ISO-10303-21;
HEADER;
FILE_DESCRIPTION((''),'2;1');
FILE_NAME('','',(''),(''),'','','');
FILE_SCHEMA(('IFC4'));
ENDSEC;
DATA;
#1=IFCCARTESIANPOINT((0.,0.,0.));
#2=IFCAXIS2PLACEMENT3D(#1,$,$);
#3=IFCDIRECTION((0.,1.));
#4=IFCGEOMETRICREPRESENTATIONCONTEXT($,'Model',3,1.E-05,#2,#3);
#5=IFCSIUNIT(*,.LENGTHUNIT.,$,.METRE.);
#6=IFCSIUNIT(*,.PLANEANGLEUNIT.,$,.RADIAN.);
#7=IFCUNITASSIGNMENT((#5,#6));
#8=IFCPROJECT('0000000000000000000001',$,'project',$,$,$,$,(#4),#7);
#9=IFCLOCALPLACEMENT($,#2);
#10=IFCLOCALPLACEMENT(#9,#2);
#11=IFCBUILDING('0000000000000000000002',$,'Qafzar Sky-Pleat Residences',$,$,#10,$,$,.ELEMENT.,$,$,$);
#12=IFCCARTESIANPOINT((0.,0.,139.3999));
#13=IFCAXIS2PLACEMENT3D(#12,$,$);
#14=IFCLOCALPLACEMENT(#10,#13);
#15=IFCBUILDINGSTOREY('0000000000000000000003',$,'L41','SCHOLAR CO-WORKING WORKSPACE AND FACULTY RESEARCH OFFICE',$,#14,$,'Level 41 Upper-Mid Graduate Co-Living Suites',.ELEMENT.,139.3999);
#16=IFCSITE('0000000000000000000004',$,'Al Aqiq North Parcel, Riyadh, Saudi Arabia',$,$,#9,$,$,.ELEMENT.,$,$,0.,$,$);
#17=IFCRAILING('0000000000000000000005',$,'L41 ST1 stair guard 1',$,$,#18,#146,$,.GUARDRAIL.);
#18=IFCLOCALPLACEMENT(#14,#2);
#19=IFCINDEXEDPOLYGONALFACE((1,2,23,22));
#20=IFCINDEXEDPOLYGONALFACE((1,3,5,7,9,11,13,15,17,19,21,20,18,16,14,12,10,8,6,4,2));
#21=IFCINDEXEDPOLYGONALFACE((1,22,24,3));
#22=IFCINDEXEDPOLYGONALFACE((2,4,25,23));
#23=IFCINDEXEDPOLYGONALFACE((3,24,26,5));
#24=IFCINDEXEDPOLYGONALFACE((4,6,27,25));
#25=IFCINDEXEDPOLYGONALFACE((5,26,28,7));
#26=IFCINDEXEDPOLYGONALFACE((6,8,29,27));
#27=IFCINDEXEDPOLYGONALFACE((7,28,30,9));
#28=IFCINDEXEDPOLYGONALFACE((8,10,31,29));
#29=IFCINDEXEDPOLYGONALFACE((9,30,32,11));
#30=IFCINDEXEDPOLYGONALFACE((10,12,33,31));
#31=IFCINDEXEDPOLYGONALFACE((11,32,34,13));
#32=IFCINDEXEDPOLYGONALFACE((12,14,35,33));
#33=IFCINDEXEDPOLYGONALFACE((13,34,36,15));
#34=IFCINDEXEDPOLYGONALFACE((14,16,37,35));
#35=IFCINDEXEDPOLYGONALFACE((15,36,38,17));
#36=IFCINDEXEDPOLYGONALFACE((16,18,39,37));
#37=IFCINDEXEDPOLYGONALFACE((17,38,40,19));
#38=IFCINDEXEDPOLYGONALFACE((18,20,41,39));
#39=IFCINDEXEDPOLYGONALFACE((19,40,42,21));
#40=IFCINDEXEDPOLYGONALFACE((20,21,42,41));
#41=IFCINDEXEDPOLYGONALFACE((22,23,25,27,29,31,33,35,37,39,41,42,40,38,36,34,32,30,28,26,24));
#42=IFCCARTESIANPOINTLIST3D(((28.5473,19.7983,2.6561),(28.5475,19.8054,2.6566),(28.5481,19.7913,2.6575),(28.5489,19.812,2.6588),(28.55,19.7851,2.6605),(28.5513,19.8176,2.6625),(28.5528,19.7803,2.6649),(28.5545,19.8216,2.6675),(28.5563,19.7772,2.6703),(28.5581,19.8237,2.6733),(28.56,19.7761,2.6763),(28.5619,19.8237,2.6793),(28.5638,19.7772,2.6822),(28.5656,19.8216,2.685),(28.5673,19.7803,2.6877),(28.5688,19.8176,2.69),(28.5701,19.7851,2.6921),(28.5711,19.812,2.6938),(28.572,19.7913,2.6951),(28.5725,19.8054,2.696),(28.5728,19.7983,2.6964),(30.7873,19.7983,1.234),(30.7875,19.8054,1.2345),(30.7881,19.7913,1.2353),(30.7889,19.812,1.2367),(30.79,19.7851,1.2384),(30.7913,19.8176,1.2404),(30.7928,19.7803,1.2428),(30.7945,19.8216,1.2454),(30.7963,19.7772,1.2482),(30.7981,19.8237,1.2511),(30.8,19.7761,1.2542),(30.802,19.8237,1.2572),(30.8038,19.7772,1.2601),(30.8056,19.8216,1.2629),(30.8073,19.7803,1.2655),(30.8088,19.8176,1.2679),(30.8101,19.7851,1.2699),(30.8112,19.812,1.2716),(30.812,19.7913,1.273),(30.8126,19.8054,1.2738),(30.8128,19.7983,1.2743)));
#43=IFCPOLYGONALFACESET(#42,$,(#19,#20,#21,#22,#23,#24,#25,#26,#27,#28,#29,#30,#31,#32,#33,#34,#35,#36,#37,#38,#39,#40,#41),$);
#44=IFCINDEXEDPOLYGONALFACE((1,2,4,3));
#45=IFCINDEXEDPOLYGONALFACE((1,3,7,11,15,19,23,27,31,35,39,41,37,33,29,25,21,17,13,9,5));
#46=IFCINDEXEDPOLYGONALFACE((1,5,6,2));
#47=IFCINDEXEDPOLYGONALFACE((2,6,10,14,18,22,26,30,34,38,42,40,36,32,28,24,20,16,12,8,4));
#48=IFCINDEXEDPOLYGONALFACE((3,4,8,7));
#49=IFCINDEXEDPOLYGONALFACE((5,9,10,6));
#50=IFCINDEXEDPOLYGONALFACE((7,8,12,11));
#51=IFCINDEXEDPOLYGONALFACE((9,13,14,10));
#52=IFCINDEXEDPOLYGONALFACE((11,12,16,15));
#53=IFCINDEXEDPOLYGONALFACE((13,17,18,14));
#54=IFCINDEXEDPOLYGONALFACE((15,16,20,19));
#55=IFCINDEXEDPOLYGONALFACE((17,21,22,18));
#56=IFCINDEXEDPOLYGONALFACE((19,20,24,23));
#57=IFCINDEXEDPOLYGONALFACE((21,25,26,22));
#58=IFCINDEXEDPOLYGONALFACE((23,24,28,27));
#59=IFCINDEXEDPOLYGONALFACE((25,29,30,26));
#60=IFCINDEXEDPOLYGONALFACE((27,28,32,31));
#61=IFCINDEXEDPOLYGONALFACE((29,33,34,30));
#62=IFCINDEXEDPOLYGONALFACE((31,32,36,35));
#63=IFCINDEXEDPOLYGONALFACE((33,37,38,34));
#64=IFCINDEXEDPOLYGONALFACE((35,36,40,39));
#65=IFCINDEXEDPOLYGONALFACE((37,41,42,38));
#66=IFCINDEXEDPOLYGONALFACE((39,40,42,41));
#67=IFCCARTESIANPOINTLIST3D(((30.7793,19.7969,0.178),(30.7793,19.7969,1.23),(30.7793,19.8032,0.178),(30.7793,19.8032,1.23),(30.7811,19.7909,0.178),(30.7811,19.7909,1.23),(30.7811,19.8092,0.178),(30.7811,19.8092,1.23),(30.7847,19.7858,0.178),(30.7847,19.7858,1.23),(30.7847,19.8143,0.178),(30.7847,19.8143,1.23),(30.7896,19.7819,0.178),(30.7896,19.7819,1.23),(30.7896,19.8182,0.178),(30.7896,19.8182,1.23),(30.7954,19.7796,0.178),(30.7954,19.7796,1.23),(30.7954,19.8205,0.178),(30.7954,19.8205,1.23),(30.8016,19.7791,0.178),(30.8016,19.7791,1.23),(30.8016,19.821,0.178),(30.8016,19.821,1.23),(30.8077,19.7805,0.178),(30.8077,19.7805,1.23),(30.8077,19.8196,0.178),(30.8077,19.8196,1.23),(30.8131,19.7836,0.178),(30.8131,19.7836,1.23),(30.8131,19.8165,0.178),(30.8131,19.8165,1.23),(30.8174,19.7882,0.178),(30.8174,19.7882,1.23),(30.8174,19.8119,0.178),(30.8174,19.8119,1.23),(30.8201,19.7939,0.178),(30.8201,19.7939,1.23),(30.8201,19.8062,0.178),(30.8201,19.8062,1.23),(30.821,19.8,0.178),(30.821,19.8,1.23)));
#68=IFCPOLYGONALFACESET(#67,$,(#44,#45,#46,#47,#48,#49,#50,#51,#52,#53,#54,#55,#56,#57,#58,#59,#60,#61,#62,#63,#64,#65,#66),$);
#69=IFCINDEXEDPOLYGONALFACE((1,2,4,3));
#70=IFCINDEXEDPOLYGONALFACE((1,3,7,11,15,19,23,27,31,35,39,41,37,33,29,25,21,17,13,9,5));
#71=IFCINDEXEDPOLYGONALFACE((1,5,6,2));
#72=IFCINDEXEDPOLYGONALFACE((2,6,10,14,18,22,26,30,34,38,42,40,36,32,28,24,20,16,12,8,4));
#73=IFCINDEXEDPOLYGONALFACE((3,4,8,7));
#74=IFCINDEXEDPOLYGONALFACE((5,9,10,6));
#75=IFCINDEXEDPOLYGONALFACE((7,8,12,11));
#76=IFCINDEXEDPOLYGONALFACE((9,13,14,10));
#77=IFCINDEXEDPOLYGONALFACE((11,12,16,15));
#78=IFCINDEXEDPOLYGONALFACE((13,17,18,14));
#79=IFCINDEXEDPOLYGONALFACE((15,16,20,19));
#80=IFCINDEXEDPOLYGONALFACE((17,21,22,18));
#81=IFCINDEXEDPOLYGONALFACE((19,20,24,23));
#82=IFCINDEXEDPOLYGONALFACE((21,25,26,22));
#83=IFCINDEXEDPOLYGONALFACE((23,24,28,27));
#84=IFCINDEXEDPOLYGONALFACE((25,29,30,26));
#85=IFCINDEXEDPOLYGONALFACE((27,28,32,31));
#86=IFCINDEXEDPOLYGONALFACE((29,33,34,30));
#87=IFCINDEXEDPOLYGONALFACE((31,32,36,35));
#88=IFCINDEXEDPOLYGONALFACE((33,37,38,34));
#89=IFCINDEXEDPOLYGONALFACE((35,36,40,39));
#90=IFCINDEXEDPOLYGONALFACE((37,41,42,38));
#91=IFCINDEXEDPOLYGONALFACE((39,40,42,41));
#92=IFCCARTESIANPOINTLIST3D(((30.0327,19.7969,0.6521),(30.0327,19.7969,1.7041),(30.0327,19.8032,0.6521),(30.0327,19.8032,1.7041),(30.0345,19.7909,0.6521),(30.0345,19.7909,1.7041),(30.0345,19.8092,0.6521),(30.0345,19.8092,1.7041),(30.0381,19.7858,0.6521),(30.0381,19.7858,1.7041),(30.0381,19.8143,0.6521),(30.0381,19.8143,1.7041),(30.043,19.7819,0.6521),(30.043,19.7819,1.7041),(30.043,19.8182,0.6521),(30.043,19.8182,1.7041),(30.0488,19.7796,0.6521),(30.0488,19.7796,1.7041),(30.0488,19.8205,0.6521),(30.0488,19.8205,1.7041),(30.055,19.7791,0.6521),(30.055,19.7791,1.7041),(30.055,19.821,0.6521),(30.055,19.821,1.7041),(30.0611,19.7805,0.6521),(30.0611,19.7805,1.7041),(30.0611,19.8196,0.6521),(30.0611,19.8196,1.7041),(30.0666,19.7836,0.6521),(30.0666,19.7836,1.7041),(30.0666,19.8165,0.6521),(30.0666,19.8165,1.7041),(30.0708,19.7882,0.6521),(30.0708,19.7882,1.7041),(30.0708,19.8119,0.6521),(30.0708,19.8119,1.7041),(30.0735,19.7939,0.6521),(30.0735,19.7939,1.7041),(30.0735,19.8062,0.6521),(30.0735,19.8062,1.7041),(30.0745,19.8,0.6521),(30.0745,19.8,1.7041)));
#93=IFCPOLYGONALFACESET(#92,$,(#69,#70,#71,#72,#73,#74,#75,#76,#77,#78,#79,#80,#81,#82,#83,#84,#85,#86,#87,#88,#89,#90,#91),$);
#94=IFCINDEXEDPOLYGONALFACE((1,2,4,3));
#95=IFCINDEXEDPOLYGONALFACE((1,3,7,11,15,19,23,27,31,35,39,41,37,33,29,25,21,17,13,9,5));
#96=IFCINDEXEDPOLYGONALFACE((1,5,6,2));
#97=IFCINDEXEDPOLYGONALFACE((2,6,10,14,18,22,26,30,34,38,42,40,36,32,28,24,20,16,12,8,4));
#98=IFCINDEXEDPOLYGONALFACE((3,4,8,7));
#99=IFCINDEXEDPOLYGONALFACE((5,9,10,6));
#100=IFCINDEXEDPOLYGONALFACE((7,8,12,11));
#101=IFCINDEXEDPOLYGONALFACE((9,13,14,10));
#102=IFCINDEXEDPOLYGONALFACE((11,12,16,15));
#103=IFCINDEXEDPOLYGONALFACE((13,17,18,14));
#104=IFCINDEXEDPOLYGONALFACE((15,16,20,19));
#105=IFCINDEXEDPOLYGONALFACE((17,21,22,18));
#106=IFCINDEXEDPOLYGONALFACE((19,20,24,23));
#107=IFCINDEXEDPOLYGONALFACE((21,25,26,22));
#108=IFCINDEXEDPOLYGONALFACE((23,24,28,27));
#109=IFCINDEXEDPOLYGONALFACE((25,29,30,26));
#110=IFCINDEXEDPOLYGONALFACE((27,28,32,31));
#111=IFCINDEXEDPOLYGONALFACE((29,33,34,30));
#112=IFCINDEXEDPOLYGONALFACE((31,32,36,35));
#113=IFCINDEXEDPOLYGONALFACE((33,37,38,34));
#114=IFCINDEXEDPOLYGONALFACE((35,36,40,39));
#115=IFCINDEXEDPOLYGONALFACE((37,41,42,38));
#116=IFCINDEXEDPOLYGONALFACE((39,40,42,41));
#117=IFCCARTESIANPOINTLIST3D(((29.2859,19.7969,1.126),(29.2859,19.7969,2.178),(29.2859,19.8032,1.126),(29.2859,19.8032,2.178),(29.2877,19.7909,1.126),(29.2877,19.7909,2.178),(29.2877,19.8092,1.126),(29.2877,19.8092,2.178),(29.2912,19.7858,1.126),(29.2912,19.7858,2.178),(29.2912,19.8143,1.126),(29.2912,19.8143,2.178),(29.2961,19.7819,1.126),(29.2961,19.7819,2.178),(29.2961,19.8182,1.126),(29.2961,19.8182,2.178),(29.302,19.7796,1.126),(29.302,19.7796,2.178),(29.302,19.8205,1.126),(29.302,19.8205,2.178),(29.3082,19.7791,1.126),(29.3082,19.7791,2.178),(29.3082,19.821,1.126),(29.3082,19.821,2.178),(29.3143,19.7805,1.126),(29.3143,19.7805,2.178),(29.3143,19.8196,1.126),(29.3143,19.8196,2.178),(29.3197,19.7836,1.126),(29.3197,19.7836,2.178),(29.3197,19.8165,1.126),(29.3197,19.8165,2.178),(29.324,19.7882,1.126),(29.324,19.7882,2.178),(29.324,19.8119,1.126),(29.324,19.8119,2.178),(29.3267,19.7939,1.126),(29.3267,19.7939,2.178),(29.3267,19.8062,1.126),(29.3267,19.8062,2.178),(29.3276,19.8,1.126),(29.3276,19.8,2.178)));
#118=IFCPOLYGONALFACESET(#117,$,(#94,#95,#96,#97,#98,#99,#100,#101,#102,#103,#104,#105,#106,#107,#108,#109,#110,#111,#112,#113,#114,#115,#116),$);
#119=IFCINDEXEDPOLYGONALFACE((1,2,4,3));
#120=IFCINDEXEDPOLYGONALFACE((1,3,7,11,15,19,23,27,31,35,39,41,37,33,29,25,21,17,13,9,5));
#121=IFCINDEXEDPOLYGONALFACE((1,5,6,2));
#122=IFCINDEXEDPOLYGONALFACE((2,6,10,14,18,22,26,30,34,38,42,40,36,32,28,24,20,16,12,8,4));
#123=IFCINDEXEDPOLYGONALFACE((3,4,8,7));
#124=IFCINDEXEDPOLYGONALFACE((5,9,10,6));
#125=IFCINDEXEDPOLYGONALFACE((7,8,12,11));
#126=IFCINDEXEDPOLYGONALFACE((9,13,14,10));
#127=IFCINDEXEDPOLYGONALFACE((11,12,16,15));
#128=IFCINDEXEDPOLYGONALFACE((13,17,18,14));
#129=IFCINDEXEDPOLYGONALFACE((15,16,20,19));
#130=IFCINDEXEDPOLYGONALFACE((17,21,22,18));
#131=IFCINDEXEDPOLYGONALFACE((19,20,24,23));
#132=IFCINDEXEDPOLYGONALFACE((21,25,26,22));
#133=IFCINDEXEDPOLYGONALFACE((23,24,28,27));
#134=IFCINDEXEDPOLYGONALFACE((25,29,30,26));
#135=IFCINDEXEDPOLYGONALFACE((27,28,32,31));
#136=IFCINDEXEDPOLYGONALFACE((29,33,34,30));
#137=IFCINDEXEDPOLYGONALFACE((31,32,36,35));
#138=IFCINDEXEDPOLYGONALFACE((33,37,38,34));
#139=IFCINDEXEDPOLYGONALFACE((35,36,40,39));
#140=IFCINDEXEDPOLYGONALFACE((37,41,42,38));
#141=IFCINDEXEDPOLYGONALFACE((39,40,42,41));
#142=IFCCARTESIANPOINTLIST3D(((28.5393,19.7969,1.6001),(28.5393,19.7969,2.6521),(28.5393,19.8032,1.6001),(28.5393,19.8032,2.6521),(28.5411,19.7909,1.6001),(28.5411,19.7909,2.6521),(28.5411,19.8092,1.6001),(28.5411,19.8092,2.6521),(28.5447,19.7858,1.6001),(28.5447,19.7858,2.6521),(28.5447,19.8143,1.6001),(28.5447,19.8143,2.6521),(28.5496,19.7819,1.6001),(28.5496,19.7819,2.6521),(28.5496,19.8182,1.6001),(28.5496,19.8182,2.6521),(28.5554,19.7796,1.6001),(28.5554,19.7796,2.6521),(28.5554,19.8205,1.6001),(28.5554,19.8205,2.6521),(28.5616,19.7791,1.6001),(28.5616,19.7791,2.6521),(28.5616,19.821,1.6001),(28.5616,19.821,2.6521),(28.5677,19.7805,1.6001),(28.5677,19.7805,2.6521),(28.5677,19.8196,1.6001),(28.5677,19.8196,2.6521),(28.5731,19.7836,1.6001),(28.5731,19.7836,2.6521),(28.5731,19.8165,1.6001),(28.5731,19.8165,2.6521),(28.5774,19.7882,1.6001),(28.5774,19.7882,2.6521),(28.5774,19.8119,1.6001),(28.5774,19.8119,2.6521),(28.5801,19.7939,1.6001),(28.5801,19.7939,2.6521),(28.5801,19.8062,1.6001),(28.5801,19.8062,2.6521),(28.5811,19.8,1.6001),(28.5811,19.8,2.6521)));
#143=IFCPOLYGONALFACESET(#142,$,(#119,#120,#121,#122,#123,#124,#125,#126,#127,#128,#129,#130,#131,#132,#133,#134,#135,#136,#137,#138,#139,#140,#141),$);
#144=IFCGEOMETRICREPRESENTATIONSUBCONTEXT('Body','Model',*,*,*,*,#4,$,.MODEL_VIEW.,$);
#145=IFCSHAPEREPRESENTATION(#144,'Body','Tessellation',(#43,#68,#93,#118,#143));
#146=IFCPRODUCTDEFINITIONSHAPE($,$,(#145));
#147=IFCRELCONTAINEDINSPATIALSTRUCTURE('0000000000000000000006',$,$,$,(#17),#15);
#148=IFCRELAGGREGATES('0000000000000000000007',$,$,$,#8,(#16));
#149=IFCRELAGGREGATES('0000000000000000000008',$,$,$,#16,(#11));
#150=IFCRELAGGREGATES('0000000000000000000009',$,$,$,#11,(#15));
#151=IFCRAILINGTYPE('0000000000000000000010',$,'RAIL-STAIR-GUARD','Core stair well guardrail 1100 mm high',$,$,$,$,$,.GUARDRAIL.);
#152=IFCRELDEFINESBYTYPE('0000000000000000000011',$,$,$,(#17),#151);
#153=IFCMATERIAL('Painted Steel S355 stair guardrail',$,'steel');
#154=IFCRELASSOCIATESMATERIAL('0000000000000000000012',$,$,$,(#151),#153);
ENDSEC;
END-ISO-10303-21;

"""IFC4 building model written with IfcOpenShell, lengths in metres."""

from ifc_helpers import new_model, si_unit, direction, frame, origin, origin_2d, place, context, subcontext, project, spatial, circle, extrude, source, transform, mapped, material, type_object, element, save


model = new_model("IFC4")

# Units and contexts
model_context = context("Model", 3, precision=1e-05, world=origin(), true_north=direction((0.0, 1.0)))
body_context = subcontext(model_context, "Body", "Model", "MODEL_VIEW")
ifc_project = project(units=[si_unit("LENGTHUNIT", "METRE"), si_unit("PLANEANGLEUNIT", "RADIAN")], contexts=[model_context])

# Site, building, storey
site_placement = place(None, origin())
site = spatial("IfcSite", under=ifc_project, at=site_placement, Name="Al Aqiq North Parcel, Riyadh, Saudi Arabia", CompositionType="ELEMENT", RefElevation=0.0)
building_placement = place(site_placement, origin())
building = spatial("IfcBuilding", under=site, at=building_placement, Name="Qafzar Sky-Pleat Residences", CompositionType="ELEMENT")
storey_placement = place(building_placement, frame((0.0, 0.0, 139.3999)))
storey = spatial("IfcBuildingStorey", under=building, at=storey_placement, Name="L41", Description="SCHOLAR CO-WORKING WORKSPACE AND FACULTY RESEARCH OFFICE", LongName="Level 41 Upper-Mid Graduate Co-Living Suites", CompositionType="ELEMENT", Elevation=139.3999)

# Railing
ifc_material_1 = material(Name="Painted Steel S355 stair guardrail", Category="steel")
railing_type_1 = type_object("IfcRailingType", Name="RAIL-STAIR-GUARD", Description="Core stair well guardrail 1100 mm high", PredefinedType="GUARDRAIL", material=ifc_material_1)
shared_shape_1 = source(origin(), body_context, "Body", "SweptSolid", [
    extrude(circle(Radius=0.0239, at=origin_2d()), frame((0.0, 0.0, 1.0762), z_axis=(-0.844229, 0.0, 0.535982), x_axis=(0.0, -1.0, 0.0)), (0.0, 0.0, 1.0), 2.6533),
    extrude(circle(Radius=0.021, at=origin_2d()), origin(), (0.0, 0.0, 1.0), 1.052),
    extrude(circle(Radius=0.021, at=origin_2d()), frame((-0.7466, 0.0, 0.4741)), (0.0, 0.0, 1.0), 1.052),
    extrude(circle(Radius=0.021, at=origin_2d()), frame((-1.4934, 0.0, 0.948)), (0.0, 0.0, 1.0), 1.052),
    extrude(circle(Radius=0.021, at=origin_2d()), frame((-2.24, 0.0, 1.4221)), (0.0, 0.0, 1.0), 1.052),
])
railing_1_placement = place(storey_placement, frame((30.8, 19.8, 0.178)))
element("IfcRailing", 1, at=railing_1_placement, inside=storey, type_object=railing_type_1, Name="L41 ST1 stair guard 1", PredefinedType="GUARDRAIL", context=body_context, shape_type="MappedRepresentation", body=[
    mapped(shared_shape_1, transform((0.0, 0.0, 0.0), x_axis=(1.0, 0.0, 0.0), y_axis=(0.0, 1.0, 0.0), z_axis=(0.0, 0.0, 1.0), scale=1.0)),
])

save(model, "model.ifc")
